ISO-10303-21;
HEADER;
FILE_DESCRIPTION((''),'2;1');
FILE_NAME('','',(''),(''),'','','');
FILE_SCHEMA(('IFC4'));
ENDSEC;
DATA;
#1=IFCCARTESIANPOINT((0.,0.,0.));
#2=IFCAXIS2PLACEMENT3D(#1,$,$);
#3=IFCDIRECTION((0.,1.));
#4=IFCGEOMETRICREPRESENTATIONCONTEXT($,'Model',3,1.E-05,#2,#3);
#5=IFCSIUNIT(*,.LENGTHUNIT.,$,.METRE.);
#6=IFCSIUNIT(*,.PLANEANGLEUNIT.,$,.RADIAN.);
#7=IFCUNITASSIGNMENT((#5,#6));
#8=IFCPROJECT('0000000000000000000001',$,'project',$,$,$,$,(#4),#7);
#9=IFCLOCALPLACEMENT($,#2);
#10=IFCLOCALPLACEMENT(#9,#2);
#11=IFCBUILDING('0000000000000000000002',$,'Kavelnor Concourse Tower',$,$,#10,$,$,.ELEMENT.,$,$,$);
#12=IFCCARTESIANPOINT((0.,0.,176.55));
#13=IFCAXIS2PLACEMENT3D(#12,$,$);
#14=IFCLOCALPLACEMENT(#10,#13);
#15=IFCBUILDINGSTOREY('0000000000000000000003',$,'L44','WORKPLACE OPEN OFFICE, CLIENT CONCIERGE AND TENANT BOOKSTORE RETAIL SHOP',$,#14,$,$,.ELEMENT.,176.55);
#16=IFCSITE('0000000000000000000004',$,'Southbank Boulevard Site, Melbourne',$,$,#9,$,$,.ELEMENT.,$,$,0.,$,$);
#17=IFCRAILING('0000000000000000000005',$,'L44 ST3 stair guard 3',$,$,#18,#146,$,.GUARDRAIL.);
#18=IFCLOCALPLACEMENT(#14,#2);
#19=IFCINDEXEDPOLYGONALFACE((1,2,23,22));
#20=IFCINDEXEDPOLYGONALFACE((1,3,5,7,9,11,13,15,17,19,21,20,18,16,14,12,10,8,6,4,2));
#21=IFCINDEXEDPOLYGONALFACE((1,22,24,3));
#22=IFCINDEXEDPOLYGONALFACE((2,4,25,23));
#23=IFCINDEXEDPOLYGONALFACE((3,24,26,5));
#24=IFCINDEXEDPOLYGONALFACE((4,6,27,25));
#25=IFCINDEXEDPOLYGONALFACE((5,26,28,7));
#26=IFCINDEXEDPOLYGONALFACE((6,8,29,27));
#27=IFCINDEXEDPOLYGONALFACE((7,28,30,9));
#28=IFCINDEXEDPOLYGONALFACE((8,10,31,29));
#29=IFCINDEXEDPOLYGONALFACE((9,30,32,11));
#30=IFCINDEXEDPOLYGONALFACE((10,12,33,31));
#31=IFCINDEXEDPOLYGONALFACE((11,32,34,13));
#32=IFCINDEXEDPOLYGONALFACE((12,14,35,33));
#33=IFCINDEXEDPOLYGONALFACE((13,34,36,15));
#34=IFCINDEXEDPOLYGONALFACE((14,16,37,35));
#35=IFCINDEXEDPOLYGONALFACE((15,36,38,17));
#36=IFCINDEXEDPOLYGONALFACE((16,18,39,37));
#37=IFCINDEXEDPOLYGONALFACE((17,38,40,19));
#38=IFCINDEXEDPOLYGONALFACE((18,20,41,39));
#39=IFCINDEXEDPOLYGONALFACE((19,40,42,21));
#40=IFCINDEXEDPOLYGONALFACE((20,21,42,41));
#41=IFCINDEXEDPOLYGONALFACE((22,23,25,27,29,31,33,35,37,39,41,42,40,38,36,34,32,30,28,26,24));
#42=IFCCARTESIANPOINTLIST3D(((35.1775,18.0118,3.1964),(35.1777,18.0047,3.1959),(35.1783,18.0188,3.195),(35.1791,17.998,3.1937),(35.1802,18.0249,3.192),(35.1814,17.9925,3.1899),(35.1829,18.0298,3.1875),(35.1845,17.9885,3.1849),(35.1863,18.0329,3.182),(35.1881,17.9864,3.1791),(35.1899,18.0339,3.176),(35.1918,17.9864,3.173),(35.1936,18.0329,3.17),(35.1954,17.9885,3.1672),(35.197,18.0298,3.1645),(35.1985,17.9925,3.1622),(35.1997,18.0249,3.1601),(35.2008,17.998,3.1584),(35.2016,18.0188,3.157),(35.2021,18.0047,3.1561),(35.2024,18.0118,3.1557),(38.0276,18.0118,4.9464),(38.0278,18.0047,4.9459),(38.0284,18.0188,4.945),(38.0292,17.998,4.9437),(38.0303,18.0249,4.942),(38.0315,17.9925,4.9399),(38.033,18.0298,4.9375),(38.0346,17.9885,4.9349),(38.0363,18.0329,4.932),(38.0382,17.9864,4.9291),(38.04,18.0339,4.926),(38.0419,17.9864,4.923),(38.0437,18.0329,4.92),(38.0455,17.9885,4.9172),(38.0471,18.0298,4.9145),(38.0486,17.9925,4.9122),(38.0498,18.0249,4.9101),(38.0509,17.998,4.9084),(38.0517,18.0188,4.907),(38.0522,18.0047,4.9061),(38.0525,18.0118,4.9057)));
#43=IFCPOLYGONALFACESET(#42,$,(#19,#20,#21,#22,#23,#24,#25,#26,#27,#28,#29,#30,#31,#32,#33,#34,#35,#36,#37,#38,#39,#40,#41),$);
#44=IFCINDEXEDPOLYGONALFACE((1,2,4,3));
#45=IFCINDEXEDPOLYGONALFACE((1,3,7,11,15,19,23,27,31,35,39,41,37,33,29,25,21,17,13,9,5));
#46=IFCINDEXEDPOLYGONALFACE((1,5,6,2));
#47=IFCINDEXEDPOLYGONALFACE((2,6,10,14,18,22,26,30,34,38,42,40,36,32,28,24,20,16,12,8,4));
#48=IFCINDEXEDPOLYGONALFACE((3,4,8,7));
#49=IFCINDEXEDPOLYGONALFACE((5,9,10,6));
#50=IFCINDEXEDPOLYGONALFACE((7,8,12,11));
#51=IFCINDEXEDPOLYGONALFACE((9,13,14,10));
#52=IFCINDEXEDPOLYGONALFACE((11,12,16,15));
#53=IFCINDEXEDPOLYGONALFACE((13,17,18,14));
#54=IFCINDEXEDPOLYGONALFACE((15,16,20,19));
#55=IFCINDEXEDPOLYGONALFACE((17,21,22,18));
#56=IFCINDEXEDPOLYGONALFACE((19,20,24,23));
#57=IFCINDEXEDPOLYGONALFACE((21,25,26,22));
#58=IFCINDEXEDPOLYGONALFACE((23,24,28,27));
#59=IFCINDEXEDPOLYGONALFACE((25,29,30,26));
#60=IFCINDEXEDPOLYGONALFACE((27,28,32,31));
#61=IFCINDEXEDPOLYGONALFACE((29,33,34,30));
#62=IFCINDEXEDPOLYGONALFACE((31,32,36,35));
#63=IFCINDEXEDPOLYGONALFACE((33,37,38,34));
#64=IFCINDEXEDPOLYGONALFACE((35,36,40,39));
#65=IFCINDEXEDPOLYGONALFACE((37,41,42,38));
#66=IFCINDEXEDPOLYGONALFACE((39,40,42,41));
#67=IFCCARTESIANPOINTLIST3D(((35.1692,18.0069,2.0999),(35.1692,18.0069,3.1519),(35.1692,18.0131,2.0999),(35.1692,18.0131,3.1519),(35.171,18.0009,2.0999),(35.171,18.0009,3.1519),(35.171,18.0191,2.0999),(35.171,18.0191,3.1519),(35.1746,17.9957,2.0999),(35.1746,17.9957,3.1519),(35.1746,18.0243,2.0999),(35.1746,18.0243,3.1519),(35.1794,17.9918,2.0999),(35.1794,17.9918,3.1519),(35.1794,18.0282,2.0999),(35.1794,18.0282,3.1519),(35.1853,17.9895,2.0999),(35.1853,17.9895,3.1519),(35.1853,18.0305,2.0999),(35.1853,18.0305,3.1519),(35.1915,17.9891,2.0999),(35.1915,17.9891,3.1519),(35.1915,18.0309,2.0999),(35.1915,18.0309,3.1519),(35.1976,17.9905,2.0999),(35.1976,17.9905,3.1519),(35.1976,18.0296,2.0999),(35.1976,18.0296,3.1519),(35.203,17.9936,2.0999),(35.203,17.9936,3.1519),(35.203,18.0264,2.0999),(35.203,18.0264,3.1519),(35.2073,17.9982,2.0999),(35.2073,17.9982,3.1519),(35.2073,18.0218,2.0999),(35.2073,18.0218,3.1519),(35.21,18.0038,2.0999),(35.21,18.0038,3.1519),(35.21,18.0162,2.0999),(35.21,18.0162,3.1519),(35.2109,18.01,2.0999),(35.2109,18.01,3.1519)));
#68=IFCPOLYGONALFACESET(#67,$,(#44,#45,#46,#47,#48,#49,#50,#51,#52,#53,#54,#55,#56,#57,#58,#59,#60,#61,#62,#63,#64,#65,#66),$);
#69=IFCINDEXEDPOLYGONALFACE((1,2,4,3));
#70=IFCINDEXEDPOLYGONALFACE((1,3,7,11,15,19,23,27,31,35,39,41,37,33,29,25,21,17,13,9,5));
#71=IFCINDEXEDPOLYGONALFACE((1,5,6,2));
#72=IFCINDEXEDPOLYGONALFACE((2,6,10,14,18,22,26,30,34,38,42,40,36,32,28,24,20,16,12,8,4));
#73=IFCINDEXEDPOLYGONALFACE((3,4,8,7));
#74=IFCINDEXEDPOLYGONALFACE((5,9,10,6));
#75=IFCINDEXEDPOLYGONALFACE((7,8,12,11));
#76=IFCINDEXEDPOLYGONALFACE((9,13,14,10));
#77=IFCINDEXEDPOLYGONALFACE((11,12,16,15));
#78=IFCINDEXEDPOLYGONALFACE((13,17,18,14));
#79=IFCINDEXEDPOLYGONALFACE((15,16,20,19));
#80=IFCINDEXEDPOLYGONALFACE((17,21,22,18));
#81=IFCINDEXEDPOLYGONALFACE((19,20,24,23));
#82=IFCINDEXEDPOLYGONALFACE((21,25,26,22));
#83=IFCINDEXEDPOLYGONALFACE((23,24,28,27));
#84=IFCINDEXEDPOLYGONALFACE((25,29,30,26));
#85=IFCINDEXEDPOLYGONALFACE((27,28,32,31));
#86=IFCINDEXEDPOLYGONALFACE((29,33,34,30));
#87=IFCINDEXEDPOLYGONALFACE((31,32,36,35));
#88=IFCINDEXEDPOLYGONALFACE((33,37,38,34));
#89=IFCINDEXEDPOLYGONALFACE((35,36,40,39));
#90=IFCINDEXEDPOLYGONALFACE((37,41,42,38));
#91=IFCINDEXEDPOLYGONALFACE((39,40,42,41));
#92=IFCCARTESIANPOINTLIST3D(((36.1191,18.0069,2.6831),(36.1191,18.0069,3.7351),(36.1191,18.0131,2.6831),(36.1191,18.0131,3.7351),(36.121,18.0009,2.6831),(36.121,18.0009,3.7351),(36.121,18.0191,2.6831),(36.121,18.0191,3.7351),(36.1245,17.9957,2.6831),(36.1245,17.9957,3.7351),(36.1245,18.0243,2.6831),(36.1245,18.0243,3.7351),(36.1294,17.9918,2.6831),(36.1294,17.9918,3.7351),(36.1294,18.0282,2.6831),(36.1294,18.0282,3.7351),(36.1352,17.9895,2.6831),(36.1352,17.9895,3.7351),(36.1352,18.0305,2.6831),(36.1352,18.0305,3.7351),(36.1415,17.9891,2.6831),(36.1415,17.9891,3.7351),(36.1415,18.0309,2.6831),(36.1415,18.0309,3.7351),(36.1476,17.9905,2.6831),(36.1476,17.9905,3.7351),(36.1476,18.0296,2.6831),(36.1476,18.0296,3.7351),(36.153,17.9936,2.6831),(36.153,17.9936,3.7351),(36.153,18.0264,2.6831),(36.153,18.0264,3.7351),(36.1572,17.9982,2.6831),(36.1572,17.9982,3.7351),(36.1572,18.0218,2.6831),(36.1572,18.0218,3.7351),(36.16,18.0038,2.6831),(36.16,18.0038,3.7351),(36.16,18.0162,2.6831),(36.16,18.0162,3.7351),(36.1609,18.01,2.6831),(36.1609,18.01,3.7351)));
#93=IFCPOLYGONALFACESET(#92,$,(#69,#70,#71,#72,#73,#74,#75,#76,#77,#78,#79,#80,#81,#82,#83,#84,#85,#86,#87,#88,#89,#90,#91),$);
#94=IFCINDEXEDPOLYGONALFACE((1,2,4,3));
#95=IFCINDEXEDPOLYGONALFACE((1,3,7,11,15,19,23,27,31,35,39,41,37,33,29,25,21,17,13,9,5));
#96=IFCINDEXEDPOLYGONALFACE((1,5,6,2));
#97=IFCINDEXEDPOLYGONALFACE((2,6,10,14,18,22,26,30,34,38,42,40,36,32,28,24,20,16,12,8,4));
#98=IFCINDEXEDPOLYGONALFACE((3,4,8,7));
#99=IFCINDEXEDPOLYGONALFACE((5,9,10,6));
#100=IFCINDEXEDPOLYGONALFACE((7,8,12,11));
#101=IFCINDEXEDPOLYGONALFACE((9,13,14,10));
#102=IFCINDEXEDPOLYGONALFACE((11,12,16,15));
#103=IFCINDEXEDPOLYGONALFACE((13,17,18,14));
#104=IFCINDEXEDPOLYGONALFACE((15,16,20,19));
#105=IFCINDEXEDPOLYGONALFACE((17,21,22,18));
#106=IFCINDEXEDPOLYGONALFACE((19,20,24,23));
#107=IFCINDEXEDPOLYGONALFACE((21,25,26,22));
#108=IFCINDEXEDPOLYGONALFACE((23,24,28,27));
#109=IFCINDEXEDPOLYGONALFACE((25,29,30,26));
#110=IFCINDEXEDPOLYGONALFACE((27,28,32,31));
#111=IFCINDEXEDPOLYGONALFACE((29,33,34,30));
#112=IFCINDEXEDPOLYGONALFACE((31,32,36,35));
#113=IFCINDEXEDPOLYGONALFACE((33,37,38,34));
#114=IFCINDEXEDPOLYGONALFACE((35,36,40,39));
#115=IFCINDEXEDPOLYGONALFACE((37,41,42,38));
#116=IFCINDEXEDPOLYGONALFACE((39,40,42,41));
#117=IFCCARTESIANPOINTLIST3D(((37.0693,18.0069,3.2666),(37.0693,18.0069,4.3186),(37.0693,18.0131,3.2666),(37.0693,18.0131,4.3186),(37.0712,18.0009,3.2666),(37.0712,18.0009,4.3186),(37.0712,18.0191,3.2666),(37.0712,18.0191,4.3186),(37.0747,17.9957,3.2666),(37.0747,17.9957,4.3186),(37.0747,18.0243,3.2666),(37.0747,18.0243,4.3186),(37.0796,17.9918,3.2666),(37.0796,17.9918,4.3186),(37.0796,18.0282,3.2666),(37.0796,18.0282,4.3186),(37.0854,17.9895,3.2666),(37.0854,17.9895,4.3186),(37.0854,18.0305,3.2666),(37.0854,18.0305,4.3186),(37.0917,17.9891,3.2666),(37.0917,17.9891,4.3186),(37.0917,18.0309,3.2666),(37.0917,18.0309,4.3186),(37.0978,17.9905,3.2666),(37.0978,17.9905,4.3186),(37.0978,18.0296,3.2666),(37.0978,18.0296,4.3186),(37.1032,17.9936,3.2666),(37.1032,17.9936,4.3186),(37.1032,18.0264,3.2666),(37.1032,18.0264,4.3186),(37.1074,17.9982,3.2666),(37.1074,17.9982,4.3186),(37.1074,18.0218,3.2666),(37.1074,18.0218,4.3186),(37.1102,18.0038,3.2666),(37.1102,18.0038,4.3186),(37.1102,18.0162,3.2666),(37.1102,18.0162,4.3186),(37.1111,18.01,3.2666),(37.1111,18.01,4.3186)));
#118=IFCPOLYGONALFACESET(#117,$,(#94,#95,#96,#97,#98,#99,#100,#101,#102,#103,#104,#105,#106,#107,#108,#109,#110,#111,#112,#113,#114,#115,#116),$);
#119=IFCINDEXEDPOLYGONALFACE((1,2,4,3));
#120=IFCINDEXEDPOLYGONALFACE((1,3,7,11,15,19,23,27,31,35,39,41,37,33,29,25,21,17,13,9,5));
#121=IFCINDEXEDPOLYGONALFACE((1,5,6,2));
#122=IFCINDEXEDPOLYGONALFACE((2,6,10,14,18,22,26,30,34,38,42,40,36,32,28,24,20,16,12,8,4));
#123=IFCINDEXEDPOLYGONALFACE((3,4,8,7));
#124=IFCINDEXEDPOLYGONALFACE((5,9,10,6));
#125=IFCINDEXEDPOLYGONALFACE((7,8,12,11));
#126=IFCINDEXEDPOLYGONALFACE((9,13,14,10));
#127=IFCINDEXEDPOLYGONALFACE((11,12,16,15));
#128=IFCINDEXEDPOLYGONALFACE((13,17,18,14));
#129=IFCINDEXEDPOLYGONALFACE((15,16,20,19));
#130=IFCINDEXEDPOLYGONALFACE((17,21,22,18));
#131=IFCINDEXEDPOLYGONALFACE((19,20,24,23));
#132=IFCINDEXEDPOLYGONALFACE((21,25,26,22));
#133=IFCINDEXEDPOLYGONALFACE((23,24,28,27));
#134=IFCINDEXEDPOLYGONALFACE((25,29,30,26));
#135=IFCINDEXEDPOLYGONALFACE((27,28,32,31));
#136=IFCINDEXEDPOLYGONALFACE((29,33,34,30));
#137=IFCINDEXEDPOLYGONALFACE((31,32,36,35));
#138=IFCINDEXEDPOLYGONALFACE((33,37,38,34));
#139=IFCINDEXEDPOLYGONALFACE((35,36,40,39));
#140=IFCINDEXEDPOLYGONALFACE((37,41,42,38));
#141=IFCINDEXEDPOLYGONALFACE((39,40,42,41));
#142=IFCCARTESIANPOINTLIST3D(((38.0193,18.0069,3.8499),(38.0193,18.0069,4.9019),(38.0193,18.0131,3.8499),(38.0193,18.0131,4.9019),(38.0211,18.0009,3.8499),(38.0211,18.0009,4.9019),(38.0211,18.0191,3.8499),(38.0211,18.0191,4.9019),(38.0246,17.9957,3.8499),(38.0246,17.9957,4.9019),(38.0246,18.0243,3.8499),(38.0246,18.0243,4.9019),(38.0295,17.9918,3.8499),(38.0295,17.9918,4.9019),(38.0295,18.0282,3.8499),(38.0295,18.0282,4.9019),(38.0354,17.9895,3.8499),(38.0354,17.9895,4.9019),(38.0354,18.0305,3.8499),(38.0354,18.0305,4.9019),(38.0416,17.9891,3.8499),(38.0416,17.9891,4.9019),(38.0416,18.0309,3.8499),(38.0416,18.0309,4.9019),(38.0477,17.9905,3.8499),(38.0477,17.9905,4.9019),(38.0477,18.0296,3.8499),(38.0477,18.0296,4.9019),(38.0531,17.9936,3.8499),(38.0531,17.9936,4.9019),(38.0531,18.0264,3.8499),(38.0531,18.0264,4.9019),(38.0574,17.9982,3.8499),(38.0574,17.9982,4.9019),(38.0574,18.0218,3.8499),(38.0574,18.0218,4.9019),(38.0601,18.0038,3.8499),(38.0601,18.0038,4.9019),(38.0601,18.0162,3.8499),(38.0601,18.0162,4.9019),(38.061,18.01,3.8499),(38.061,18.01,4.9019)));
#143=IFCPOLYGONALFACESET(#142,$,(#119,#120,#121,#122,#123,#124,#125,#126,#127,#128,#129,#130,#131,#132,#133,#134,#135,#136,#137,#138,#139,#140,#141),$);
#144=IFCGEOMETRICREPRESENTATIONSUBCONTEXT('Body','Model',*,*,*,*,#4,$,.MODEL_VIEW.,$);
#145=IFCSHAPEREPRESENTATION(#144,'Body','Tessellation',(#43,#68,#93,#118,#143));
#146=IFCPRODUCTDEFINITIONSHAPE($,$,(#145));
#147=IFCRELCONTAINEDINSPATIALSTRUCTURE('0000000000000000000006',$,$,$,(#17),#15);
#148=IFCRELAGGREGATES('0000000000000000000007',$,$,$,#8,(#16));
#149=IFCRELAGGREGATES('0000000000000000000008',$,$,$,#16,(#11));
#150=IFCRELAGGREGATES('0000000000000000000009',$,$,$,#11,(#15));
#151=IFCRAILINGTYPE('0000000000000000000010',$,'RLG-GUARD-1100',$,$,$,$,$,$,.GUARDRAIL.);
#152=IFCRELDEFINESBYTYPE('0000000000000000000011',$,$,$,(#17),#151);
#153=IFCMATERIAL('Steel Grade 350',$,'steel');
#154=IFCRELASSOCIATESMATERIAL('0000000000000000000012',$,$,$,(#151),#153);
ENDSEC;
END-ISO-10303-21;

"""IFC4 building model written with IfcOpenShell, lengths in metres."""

from ifc_helpers import new_model, si_unit, direction, frame, origin, origin_2d, place, context, subcontext, project, spatial, circle, extrude, material, type_object, element, save


model = new_model("IFC4")

# Units and contexts
model_context = context("Model", 3, precision=1e-05, world=origin(), true_north=direction((0.0, 1.0)))
body_context = subcontext(model_context, "Body", "Model", "MODEL_VIEW")
ifc_project = project(units=[si_unit("LENGTHUNIT", "METRE"), si_unit("PLANEANGLEUNIT", "RADIAN")], contexts=[model_context])

# Site, building, storey
site_placement = place(None, origin())
site = spatial("IfcSite", under=ifc_project, at=site_placement, Name="Southbank Boulevard Site, Melbourne", CompositionType="ELEMENT", RefElevation=0.0)
building_placement = place(site_placement, origin())
building = spatial("IfcBuilding", under=site, at=building_placement, Name="Kavelnor Concourse Tower", CompositionType="ELEMENT")
storey_placement = place(building_placement, frame((0.0, 0.0, 176.55)))
storey = spatial("IfcBuildingStorey", under=building, at=storey_placement, Name="L44", Description="WORKPLACE OPEN OFFICE, CLIENT CONCIERGE AND TENANT BOOKSTORE RETAIL SHOP", CompositionType="ELEMENT", Elevation=176.55)

# Shared definitions
ifc_material_1 = material(Name="Steel Grade 350", Category="steel")

# Railing
railing_type = type_object("IfcRailingType", Name="RLG-GUARD-1100", PredefinedType="GUARDRAIL", material=ifc_material_1)
railing_1_placement = place(storey_placement, frame((35.1899, 18.01, 2.0999)))
element("IfcRailing", 1, at=railing_1_placement, inside=storey, type_object=railing_type, Name="L44 ST3 stair guard 3", PredefinedType="GUARDRAIL", context=body_context, shape_type="SweptSolid", body=[
    extrude(circle(Radius=0.0239, at=origin_2d()), frame((0.0, 0.0, 1.0762), z_axis=(0.852179, 0.0, 0.52325), x_axis=(0.0, 1.0, 0.0)), (0.0, 0.0, 1.0), 3.3445),
    extrude(circle(Radius=0.021, at=origin_2d()), origin(), (0.0, 0.0, 1.0), 1.052),
    extrude(circle(Radius=0.021, at=origin_2d()), frame((0.95, 0.0, 0.5833)), (0.0, 0.0, 1.0), 1.052),
    extrude(circle(Radius=0.021, at=origin_2d()), frame((1.9001, 0.0, 1.1667)), (0.0, 0.0, 1.0), 1.052),
    extrude(circle(Radius=0.021, at=origin_2d()), frame((2.8501, 0.0, 1.75)), (0.0, 0.0, 1.0), 1.052),
])

save(model, "model.ifc")
